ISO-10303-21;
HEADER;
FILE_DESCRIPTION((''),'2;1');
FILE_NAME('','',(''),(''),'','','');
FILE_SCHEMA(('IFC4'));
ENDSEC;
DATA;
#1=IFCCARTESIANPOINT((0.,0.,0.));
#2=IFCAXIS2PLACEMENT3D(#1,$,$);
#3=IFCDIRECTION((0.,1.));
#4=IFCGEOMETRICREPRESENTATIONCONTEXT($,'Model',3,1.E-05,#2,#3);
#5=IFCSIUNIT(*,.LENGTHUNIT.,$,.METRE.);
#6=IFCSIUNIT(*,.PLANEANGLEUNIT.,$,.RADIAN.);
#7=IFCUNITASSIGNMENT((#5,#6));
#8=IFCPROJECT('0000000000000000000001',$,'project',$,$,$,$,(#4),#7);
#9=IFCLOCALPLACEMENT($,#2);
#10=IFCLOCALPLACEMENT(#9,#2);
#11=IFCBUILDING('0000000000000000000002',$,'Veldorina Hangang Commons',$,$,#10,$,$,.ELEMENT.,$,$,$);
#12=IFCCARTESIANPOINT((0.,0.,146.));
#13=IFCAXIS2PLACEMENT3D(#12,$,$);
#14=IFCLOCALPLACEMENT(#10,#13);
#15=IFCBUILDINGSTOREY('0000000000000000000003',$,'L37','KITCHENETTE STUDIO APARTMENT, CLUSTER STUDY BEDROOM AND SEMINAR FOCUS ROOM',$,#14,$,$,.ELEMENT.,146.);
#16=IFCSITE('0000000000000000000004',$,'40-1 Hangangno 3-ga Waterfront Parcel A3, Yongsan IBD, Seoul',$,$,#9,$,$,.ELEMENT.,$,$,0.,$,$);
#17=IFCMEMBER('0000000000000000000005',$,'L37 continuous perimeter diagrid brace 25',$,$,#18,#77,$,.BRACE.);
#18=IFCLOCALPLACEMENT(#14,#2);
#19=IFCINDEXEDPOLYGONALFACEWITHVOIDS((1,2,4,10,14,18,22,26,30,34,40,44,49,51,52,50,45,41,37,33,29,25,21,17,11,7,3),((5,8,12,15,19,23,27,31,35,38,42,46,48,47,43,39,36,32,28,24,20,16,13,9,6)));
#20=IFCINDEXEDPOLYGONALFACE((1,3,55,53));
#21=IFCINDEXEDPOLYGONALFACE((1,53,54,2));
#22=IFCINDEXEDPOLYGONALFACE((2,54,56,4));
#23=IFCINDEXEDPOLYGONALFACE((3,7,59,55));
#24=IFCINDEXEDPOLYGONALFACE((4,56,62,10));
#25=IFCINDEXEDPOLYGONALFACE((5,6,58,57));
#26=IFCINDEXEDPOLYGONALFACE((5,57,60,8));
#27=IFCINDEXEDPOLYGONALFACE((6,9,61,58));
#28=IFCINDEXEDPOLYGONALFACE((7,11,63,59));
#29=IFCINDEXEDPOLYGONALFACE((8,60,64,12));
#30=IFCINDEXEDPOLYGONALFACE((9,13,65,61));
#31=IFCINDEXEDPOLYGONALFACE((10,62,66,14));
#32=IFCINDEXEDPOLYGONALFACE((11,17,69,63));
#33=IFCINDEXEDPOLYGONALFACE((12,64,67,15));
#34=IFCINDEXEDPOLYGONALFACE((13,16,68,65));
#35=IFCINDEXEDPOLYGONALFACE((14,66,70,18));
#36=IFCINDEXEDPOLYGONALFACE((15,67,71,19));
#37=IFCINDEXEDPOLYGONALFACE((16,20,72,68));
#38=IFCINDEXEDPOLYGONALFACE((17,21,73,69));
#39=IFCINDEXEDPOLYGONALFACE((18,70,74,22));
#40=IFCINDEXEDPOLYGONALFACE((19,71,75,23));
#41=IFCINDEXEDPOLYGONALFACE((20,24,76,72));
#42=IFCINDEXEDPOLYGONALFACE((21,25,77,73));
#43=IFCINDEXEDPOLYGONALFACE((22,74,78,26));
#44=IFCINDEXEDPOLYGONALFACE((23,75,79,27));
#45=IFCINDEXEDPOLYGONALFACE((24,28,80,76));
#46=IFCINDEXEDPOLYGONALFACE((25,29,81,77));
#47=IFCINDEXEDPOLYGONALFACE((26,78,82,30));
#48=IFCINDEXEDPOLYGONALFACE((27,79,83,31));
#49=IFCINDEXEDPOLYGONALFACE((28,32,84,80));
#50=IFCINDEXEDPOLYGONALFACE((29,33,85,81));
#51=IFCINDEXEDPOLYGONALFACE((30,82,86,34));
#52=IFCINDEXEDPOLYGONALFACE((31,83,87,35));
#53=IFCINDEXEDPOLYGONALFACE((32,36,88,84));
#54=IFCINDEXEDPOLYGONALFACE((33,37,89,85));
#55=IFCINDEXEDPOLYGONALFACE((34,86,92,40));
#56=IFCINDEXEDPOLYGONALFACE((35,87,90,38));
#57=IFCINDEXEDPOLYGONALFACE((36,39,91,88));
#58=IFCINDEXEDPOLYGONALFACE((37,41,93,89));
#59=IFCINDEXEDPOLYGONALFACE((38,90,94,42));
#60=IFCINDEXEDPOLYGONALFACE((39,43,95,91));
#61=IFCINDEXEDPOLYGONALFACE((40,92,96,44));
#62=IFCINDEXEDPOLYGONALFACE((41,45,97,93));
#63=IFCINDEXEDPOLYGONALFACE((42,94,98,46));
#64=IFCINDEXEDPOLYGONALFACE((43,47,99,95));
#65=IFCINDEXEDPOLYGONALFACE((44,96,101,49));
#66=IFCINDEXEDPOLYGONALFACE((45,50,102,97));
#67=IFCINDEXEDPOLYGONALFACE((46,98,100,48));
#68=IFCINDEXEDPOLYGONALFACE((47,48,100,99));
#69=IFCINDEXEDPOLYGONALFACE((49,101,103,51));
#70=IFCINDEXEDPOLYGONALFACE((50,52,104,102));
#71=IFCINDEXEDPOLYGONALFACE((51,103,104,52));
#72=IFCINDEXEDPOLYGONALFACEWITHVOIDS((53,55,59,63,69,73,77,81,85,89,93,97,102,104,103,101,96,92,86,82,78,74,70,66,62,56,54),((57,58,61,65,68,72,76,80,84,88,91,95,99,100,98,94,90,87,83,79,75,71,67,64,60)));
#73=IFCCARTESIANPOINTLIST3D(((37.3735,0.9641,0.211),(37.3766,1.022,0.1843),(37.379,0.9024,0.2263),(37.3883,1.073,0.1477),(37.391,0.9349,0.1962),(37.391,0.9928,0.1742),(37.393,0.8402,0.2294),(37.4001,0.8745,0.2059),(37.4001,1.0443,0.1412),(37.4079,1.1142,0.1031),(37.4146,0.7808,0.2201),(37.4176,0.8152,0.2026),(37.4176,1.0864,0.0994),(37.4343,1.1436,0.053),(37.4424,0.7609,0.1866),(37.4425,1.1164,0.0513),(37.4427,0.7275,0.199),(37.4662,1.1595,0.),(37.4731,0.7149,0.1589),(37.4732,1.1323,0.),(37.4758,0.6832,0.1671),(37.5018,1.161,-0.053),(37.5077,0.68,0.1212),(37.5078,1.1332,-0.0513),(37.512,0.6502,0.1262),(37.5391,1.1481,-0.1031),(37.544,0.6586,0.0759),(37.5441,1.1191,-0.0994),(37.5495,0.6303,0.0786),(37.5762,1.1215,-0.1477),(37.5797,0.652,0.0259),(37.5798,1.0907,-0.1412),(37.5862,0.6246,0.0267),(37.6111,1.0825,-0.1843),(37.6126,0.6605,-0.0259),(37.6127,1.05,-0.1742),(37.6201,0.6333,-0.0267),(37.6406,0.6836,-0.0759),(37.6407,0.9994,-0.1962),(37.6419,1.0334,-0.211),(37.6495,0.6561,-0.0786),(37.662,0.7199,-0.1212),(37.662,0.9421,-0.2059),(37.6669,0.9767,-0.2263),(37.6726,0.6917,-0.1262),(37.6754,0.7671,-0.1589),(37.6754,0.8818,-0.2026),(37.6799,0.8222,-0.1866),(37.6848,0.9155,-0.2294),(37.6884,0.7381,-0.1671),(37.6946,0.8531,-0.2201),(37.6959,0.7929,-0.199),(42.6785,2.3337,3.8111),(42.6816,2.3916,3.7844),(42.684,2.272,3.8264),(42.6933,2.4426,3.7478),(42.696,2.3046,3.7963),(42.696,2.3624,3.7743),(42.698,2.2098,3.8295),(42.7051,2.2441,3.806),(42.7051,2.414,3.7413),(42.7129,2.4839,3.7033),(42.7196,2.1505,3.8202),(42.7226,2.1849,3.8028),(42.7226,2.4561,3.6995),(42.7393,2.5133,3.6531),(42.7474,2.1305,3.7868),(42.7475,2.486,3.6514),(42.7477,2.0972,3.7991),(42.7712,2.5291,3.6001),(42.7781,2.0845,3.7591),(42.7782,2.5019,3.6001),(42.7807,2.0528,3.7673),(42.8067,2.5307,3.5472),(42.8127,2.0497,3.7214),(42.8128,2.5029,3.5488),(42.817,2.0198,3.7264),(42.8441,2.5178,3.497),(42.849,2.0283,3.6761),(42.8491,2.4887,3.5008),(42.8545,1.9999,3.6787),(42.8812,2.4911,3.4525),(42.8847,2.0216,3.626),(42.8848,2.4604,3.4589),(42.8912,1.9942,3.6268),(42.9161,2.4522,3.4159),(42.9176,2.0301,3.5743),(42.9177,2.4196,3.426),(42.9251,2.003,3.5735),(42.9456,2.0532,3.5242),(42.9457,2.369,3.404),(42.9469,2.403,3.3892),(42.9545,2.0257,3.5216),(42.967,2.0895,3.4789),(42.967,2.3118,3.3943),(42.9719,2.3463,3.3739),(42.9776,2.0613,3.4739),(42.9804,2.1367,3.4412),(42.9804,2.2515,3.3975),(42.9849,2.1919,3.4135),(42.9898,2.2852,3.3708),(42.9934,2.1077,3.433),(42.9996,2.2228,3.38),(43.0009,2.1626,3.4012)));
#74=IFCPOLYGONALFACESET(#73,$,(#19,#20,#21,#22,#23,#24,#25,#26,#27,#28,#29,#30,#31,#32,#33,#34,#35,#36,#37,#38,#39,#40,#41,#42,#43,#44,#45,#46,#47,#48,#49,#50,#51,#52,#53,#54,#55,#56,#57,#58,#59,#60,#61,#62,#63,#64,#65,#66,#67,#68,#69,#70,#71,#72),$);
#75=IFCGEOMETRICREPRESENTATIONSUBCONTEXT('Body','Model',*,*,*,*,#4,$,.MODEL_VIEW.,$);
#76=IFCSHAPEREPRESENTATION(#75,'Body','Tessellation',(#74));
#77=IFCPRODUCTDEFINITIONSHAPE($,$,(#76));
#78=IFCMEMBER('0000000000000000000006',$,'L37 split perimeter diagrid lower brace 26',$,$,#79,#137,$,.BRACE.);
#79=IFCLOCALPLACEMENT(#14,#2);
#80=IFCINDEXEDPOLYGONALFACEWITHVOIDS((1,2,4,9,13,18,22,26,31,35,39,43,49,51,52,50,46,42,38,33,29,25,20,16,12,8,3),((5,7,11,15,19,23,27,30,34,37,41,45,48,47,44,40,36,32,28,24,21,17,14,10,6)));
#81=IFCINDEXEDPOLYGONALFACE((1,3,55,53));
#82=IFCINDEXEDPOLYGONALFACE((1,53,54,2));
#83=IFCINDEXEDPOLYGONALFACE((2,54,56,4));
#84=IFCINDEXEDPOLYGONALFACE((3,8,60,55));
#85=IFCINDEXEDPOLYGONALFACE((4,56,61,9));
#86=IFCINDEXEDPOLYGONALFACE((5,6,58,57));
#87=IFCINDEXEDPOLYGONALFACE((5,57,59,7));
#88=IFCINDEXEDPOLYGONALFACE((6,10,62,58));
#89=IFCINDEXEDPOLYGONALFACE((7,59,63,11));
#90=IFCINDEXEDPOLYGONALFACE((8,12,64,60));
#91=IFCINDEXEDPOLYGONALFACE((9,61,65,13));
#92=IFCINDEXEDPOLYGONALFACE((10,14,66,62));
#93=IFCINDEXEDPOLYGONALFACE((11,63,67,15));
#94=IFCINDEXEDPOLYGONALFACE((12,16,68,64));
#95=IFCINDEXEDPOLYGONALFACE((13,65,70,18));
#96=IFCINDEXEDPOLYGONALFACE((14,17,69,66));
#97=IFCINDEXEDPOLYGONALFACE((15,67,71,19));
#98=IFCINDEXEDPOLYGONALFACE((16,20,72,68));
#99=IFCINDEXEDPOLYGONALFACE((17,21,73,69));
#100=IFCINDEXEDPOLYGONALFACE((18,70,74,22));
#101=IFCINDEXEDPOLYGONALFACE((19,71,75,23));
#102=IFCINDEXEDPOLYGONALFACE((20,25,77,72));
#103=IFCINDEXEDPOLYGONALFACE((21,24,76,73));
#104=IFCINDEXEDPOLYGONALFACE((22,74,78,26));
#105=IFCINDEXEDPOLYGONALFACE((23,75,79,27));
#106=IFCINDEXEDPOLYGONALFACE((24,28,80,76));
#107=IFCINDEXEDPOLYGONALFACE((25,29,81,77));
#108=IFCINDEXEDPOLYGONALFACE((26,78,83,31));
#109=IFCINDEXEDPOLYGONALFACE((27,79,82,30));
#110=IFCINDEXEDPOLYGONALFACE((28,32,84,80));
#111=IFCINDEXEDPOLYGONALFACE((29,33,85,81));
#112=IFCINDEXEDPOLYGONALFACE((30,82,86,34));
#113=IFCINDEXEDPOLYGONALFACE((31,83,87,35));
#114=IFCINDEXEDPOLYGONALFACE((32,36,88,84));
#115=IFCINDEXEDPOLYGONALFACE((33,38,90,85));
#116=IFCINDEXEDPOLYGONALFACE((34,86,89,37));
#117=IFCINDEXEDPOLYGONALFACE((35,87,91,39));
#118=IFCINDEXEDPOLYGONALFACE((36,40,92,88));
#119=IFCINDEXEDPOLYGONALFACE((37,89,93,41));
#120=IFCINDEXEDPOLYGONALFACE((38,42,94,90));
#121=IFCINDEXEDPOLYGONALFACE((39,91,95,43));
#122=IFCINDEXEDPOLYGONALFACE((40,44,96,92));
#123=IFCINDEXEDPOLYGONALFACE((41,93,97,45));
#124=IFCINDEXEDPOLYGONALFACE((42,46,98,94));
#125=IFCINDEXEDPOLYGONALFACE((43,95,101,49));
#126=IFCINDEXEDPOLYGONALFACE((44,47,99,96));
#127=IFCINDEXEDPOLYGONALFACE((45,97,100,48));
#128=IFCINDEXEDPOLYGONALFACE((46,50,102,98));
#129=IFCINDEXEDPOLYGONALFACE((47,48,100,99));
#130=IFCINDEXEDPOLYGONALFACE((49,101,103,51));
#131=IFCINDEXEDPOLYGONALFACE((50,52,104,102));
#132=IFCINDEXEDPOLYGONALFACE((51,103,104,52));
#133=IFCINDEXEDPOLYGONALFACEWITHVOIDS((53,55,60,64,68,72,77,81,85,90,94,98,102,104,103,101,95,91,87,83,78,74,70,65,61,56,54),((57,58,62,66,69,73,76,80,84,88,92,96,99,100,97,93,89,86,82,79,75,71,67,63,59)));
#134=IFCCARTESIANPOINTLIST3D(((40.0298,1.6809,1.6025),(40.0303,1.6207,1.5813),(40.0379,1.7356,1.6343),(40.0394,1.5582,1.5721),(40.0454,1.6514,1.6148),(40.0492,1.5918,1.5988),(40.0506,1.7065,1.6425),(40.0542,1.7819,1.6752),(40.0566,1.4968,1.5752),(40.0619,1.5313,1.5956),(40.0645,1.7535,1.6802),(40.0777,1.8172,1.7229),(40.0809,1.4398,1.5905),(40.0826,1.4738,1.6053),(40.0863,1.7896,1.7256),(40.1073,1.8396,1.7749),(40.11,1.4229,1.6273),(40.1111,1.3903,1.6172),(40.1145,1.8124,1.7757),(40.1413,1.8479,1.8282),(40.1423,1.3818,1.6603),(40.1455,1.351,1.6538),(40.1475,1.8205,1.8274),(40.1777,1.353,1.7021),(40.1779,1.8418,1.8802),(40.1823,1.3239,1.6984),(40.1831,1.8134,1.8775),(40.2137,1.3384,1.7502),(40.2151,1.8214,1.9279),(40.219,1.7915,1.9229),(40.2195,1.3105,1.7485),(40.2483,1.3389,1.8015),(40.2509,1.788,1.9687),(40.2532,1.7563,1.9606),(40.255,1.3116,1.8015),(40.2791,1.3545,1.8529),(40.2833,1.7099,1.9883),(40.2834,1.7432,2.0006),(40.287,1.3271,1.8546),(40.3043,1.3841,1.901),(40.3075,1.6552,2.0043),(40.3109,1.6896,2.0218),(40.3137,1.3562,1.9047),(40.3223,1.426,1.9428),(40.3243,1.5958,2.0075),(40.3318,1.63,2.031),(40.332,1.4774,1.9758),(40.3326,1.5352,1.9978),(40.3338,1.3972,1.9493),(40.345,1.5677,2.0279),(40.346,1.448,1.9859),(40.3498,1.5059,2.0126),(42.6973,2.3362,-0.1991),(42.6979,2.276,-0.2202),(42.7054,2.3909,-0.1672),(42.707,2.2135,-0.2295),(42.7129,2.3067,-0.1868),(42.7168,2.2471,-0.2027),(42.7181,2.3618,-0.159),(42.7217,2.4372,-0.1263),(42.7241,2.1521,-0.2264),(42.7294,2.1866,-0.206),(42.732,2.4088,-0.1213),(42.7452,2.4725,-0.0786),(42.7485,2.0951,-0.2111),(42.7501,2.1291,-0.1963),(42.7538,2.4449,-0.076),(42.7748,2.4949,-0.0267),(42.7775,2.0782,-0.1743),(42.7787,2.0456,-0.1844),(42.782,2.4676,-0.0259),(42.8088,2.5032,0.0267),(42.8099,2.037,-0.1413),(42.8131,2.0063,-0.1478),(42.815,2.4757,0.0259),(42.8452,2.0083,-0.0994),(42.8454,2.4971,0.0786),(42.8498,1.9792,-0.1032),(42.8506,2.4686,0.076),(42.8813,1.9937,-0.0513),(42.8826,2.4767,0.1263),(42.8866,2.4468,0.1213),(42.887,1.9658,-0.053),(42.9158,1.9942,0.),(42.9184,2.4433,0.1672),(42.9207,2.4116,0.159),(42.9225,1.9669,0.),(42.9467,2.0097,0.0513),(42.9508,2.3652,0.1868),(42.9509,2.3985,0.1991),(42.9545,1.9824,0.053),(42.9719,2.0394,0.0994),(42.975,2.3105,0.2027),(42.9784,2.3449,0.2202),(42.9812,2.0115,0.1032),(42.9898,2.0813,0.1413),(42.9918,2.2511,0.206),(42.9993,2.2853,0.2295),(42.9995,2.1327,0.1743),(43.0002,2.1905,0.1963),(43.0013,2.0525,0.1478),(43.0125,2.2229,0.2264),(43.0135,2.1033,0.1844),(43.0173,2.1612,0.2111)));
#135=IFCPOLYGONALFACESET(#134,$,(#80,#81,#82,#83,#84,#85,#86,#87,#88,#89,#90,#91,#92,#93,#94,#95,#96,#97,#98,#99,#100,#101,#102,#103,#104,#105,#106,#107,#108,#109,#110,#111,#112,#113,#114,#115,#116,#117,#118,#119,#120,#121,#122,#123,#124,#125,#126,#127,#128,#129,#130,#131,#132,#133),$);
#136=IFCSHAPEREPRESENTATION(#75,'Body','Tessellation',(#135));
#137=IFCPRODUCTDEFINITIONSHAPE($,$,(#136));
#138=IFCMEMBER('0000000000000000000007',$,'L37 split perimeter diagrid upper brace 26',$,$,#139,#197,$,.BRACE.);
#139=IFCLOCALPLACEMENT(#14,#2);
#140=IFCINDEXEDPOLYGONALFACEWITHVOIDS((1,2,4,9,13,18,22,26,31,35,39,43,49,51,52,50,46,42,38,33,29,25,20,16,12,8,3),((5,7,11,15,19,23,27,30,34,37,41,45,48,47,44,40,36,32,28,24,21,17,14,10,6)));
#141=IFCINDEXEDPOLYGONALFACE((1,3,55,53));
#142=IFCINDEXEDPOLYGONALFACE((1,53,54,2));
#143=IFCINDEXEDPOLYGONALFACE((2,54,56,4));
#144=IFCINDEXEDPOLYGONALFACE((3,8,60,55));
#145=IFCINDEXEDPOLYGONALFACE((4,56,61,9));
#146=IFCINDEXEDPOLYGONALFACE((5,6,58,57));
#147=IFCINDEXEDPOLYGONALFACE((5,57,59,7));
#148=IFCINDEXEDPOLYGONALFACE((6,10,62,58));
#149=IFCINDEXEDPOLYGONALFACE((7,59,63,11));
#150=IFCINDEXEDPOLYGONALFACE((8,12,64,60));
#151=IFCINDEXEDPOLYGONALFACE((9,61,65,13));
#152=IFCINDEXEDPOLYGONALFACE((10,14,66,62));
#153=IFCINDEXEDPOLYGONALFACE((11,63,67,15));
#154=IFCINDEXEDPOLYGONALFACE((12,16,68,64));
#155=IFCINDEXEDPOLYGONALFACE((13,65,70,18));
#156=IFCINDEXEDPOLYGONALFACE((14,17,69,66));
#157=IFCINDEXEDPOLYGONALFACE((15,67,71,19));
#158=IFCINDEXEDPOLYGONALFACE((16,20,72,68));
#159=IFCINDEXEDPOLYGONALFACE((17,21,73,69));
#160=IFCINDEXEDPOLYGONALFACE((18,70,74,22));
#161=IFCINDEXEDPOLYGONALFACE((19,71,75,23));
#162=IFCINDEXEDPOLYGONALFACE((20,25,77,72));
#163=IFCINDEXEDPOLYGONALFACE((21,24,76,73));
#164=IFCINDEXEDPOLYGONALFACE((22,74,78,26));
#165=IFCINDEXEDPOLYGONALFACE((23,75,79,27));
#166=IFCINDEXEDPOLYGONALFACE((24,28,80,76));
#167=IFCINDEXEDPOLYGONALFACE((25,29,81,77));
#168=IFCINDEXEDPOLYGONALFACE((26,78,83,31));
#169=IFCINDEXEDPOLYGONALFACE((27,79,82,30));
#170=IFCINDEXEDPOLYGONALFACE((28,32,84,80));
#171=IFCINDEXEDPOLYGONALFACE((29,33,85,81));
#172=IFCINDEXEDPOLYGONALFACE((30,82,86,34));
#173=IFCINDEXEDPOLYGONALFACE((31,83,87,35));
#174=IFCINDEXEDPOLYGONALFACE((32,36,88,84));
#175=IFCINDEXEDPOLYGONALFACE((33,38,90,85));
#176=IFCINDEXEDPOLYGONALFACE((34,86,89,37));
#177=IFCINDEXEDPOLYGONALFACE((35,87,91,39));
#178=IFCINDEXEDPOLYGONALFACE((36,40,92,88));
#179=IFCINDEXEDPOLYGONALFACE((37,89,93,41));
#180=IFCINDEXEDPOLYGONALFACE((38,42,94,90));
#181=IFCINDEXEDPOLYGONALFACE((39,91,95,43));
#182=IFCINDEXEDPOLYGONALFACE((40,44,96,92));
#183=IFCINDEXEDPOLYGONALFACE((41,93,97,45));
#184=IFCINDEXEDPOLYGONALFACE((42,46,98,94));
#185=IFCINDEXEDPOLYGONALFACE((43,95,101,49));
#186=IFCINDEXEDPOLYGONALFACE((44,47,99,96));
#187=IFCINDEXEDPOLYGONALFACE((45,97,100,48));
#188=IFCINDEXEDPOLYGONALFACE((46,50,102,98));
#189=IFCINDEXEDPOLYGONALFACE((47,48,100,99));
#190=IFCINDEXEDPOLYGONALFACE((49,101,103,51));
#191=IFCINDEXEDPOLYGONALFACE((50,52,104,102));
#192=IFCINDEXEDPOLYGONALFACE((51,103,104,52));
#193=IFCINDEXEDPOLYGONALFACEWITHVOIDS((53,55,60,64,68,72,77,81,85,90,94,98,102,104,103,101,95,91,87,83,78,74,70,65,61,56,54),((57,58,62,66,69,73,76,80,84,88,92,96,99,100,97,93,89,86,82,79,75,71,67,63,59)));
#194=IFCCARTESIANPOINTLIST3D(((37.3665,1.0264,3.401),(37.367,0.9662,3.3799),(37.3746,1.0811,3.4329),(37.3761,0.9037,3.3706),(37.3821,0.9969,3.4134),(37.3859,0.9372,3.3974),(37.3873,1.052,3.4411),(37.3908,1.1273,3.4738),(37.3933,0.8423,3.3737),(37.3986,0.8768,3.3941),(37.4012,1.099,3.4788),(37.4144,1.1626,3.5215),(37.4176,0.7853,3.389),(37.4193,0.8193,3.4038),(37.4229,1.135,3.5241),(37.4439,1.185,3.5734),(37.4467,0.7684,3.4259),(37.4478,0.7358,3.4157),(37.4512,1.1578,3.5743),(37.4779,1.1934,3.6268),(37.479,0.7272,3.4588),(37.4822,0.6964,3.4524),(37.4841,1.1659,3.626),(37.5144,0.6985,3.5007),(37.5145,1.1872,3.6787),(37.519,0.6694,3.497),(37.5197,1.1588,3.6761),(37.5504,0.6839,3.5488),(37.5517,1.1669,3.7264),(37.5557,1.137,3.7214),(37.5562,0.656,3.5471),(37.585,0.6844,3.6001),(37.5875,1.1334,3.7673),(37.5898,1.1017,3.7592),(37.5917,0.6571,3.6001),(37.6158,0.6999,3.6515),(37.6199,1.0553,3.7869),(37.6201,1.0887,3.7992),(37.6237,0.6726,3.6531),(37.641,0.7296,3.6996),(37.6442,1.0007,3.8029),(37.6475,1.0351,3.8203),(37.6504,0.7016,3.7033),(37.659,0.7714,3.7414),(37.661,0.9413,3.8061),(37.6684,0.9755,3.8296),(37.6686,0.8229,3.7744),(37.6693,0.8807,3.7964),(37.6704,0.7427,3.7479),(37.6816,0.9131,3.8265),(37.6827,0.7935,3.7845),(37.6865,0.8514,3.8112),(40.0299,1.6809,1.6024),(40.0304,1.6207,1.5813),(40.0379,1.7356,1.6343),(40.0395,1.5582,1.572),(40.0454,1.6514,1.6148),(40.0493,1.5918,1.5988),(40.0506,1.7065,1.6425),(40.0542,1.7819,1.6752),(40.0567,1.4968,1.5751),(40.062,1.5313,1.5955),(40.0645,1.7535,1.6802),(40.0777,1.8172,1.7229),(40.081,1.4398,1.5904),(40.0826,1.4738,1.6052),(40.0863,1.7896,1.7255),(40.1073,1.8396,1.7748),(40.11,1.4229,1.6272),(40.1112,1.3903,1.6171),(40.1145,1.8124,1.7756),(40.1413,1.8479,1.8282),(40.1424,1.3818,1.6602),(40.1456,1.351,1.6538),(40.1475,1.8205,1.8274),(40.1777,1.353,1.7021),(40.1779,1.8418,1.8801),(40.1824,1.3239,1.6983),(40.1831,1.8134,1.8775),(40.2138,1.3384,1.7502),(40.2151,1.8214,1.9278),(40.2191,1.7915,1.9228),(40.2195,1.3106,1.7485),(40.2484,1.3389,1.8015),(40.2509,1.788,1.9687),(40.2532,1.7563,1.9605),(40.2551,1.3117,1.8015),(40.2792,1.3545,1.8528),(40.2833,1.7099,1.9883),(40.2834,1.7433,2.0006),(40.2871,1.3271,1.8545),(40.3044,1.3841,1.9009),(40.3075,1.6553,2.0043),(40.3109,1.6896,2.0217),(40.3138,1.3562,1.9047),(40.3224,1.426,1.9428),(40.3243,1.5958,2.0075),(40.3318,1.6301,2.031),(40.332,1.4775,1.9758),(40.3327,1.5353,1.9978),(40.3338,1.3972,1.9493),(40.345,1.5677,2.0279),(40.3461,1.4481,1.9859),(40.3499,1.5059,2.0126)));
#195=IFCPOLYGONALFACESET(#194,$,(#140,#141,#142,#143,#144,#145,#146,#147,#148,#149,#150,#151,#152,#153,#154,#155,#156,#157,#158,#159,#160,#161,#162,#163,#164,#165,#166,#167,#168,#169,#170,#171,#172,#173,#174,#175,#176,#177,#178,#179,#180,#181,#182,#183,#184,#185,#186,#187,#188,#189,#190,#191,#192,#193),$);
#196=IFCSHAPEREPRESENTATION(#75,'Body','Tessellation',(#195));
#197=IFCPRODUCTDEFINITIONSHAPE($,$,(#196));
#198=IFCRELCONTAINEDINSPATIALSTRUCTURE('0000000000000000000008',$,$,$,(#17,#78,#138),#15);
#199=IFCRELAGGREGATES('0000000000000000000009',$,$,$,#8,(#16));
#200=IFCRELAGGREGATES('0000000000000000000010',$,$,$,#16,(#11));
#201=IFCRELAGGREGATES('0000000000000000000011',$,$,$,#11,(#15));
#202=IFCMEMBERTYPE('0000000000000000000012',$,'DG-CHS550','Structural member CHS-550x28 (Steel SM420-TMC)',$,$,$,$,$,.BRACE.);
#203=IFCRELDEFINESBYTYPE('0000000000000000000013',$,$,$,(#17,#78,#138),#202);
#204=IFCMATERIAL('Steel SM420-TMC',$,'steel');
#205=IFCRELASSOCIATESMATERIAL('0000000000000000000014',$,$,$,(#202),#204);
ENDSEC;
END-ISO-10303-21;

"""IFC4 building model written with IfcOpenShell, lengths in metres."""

from ifc_helpers import new_model, si_unit, direction, frame, origin, origin_2d, place, context, subcontext, project, spatial, hollow_circle, extrude, material, material_profile, profile_set, type_object, element, save


model = new_model("IFC4")

# Units and contexts
model_context = context("Model", 3, precision=1e-05, world=origin(), true_north=direction((0.0, 1.0)))
body_context = subcontext(model_context, "Body", "Model", "MODEL_VIEW")
ifc_project = project(units=[si_unit("LENGTHUNIT", "METRE"), si_unit("PLANEANGLEUNIT", "RADIAN")], contexts=[model_context])

# Site, building, storey
site_placement = place(None, origin())
site = spatial("IfcSite", under=ifc_project, at=site_placement, Name="40-1 Hangangno 3-ga Waterfront Parcel A3, Yongsan IBD, Seoul", CompositionType="ELEMENT", RefElevation=0.0)
building_placement = place(site_placement, origin())
building = spatial("IfcBuilding", under=site, at=building_placement, Name="Veldorina Hangang Commons", CompositionType="ELEMENT")
storey_placement = place(building_placement, frame((0.0, 0.0, 146.0)))
storey = spatial("IfcBuildingStorey", under=building, at=storey_placement, Name="L37", Description="KITCHENETTE STUDIO APARTMENT, CLUSTER STUDY BEDROOM AND SEMINAR FOCUS ROOM", CompositionType="ELEMENT", Elevation=146.0)

# Shared definitions
ifc_material_1 = material(Name="Steel SM420-TMC", Category="steel")

# Members
ifc_material_profile_1 = material_profile(ifc_material_1, hollow_circle(Radius=0.2749, WallThickness=0.0281, at=origin_2d()), Name="CHS-550x28")
ifc_profile_set_1 = profile_set([ifc_material_profile_1], Name="Steel SM420-TMC")
member_type_1 = type_object("IfcMemberType", Name="DG-CHS550", Description="Structural member CHS-550x28 (Steel SM420-TMC)", PredefinedType="BRACE", material=ifc_profile_set_1)
member_1_placement = place(storey_placement, frame((37.5349, 0.8933, 0.0), z_axis=(0.809193, 0.208918, 0.549145), x_axis=(-0.249983, 0.96825, 0.0)))
element("IfcMember", 1, at=member_1_placement, inside=storey, type_object=member_type_1, Name="L37 continuous perimeter diagrid brace 25", PredefinedType="BRACE", context=body_context, shape_type="SweptSolid", body=[
    extrude(hollow_circle(Radius=0.2749, WallThickness=0.0281, at=origin_2d()), origin(), (0.0, 0.0, 1.0), 6.5559),
])
member_2_placement = place(storey_placement, frame((42.8569, 2.2339, 0.0), z_axis=(-0.812054, -0.199483, 0.54843), x_axis=(0.23856, -0.971128, 0.0)))
element("IfcMember", 2, at=member_2_placement, inside=storey, type_object=member_type_1, Name="L37 split perimeter diagrid lower brace 26", PredefinedType="BRACE", context=body_context, shape_type="SweptSolid", body=[
    extrude(hollow_circle(Radius=0.2749, WallThickness=0.0281, at=origin_2d()), origin(), (0.0, 0.0, 1.0), 3.2849),
])
member_3_placement = place(storey_placement, frame((40.1895, 1.5786, 1.8015), z_axis=(-0.812057, -0.199571, 0.548393), x_axis=(0.238659, -0.971103, 0.0)))
element("IfcMember", 3, at=member_3_placement, inside=storey, type_object=member_type_1, Name="L37 split perimeter diagrid upper brace 26", PredefinedType="BRACE", context=body_context, shape_type="SweptSolid", body=[
    extrude(hollow_circle(Radius=0.2749, WallThickness=0.0281, at=origin_2d()), origin(), (0.0, 0.0, 1.0), 3.2798),
])

save(model, "model.ifc")
